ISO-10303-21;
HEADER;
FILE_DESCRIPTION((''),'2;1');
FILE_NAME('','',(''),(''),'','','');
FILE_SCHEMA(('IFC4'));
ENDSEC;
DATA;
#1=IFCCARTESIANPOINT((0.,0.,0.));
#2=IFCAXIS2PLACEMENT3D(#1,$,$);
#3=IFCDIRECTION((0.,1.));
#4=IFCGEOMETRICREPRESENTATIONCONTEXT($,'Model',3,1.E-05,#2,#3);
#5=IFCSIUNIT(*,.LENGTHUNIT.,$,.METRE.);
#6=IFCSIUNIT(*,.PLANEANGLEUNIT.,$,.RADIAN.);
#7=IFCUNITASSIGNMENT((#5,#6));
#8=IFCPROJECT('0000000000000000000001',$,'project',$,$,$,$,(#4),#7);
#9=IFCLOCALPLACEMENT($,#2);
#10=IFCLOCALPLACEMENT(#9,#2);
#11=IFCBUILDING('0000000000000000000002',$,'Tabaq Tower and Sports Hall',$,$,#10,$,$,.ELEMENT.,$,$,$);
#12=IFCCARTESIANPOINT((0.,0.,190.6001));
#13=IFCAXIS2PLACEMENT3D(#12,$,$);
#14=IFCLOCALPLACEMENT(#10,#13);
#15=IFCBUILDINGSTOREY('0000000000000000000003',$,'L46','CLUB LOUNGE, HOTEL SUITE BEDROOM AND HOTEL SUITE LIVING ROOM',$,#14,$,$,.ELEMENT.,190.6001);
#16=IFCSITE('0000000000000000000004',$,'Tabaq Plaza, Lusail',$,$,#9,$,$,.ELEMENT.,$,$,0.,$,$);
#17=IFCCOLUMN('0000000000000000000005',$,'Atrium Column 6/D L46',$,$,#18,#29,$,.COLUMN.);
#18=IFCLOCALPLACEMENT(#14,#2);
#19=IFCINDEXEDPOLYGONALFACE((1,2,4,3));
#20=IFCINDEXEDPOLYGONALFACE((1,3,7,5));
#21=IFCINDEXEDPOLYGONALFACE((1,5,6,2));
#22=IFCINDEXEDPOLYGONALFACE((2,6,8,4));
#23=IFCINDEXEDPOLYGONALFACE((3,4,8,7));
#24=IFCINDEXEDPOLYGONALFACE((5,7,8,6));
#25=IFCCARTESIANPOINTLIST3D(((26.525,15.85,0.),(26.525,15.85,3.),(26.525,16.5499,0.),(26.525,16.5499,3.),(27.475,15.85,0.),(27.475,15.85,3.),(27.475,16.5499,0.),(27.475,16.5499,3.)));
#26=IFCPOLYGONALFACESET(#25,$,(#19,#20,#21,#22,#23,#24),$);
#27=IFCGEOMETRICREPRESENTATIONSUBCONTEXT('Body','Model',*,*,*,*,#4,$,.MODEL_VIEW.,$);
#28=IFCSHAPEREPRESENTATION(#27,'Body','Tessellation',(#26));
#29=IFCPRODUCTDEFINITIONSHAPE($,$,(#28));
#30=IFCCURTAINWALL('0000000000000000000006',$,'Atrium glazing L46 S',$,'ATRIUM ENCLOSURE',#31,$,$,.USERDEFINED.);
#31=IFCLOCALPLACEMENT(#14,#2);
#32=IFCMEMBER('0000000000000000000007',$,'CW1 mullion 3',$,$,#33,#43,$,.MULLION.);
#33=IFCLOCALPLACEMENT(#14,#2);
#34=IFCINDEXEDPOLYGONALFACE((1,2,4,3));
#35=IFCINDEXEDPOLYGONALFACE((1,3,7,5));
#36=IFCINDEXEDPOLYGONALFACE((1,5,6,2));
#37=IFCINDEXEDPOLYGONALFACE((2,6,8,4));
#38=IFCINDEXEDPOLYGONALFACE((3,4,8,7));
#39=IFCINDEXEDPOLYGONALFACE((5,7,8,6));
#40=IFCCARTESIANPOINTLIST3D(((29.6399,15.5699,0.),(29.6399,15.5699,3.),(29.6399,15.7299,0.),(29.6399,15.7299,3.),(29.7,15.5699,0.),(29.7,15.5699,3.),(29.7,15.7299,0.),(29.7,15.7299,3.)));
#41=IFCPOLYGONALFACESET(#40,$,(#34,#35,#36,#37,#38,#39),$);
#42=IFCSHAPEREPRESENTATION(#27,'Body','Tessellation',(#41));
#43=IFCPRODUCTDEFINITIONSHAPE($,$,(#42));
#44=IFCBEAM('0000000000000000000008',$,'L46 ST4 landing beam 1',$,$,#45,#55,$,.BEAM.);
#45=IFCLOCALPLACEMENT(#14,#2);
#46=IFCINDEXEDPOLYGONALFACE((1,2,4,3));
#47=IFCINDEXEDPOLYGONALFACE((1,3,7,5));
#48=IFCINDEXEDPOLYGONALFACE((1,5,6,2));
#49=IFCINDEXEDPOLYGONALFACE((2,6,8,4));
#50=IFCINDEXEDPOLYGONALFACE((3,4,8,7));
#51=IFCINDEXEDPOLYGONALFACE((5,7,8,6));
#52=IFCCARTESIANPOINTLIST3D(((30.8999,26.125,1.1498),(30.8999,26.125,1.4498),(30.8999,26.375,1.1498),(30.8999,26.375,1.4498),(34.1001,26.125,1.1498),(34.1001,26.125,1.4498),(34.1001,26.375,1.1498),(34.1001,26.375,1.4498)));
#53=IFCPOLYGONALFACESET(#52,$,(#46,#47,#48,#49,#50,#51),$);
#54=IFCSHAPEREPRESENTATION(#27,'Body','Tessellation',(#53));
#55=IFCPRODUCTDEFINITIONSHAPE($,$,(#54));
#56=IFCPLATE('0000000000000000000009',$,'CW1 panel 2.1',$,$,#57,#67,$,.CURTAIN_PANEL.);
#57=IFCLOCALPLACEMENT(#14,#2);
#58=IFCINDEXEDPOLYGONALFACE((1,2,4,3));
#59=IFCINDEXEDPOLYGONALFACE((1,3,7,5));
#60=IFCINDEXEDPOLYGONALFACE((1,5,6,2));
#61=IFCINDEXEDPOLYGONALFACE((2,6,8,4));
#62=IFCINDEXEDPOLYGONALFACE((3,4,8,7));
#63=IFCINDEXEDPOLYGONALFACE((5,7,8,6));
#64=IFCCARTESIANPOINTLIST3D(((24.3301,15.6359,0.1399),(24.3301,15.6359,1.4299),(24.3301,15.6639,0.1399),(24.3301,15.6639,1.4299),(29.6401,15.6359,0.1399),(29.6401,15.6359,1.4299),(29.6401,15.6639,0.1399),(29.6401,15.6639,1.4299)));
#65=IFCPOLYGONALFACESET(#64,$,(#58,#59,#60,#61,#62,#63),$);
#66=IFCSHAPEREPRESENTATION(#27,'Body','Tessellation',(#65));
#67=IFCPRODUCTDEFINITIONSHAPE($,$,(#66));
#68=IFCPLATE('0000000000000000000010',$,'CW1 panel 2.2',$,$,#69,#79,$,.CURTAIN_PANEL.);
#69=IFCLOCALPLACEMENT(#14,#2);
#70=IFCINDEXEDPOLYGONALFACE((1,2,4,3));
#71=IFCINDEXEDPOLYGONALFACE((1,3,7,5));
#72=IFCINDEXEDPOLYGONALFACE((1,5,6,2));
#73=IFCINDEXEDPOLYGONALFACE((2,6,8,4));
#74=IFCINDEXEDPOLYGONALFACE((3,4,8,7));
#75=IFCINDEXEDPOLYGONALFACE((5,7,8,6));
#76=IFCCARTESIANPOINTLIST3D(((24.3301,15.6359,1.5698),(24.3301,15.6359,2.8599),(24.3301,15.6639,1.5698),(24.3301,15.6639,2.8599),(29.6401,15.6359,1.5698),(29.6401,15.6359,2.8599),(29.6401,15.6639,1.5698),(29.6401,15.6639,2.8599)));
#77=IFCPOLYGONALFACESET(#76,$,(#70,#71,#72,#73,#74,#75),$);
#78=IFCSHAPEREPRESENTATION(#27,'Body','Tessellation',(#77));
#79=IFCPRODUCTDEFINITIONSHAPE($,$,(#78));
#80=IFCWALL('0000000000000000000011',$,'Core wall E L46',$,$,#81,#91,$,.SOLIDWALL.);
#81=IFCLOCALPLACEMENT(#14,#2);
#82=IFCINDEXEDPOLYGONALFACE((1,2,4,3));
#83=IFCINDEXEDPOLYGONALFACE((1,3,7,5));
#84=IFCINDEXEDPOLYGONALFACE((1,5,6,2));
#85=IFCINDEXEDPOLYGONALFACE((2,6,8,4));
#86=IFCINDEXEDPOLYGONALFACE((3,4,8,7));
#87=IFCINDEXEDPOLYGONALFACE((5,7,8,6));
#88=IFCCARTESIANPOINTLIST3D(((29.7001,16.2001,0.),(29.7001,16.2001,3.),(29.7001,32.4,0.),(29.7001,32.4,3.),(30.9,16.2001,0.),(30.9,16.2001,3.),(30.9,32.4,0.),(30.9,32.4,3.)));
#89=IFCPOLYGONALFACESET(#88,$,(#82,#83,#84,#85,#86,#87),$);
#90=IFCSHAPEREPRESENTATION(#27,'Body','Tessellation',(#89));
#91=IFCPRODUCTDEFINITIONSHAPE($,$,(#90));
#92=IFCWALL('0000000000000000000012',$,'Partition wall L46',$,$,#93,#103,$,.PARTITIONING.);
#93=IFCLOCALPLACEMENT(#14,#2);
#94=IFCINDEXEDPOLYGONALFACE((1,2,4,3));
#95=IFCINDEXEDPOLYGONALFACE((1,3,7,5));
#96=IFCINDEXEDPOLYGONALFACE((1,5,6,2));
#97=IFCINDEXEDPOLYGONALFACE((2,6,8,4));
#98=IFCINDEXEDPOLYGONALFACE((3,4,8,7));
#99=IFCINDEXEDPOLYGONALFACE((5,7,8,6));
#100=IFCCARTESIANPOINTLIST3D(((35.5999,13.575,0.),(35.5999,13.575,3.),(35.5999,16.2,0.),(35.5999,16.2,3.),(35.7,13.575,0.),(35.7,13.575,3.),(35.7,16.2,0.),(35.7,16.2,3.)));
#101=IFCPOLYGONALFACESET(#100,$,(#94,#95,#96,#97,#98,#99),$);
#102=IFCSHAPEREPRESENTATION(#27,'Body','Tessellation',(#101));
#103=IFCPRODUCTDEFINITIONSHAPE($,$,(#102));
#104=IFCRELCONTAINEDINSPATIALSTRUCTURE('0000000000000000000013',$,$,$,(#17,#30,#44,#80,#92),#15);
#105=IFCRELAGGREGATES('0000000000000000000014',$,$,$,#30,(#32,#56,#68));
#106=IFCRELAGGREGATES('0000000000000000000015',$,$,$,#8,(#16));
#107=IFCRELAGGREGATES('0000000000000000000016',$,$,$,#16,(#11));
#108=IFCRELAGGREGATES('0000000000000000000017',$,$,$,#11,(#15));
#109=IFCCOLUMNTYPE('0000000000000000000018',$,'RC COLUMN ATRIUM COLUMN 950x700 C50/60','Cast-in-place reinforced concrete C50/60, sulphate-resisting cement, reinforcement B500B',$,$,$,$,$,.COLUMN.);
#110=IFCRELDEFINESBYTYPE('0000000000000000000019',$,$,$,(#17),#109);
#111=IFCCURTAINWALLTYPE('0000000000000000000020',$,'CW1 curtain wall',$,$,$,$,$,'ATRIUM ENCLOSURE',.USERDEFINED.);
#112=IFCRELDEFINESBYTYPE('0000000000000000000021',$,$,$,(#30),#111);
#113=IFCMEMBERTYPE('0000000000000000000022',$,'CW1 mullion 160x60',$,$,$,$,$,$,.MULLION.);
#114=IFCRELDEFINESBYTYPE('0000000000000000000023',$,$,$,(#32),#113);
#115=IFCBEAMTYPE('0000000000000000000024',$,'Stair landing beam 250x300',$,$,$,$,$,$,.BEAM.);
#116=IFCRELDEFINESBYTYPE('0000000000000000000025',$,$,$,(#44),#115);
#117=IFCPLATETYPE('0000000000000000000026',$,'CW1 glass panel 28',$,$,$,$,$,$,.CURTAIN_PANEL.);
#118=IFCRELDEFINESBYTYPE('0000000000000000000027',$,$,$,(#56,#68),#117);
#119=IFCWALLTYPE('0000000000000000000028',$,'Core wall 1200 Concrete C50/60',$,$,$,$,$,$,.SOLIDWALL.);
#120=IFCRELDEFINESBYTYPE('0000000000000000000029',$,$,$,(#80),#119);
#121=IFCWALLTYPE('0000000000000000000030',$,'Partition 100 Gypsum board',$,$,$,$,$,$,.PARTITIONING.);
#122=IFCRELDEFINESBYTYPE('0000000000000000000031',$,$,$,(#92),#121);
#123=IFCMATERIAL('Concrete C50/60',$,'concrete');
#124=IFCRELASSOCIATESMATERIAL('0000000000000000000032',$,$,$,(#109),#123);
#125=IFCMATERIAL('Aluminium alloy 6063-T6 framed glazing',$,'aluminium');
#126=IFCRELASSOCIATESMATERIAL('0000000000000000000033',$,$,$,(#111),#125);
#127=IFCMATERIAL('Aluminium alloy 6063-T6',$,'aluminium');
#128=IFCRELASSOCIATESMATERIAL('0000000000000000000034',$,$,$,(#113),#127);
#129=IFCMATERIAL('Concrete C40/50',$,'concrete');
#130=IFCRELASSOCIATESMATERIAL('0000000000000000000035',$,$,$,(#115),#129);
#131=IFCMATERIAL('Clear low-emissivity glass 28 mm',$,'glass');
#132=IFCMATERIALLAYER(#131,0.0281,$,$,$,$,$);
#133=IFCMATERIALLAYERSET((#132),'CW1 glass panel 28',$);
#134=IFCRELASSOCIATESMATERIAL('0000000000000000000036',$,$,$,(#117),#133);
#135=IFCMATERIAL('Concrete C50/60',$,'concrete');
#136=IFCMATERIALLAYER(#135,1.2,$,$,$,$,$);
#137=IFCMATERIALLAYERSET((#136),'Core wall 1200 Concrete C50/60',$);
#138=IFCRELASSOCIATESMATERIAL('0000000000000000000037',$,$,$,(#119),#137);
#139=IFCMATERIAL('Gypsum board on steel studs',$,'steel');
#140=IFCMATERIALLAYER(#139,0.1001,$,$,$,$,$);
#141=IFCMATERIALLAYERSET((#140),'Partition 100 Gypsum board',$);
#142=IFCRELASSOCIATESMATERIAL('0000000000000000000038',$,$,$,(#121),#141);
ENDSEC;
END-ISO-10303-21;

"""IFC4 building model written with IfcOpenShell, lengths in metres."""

from ifc_helpers import new_model, si_unit, direction, frame, frame_2d, origin, origin_2d, place, context, subcontext, project, spatial, rectangle, extrude, material, layer, layer_set, material_profile, profile_set, type_object, element, aggregate, save


model = new_model("IFC4")

# Units and contexts
model_context = context("Model", 3, precision=1e-05, world=origin(), true_north=direction((0.0, 1.0)))
body_context = subcontext(model_context, "Body", "Model", "MODEL_VIEW")
ifc_project = project(units=[si_unit("LENGTHUNIT", "METRE"), si_unit("PLANEANGLEUNIT", "RADIAN")], contexts=[model_context])

# Site, building, storey
site_placement = place(None, origin())
site = spatial("IfcSite", under=ifc_project, at=site_placement, Name="Tabaq Plaza, Lusail", CompositionType="ELEMENT", RefElevation=0.0)
building_placement = place(site_placement, origin())
building = spatial("IfcBuilding", under=site, at=building_placement, Name="Tabaq Tower and Sports Hall", CompositionType="ELEMENT")
storey_placement = place(building_placement, frame((0.0, 0.0, 190.6001)))
storey = spatial("IfcBuildingStorey", under=building, at=storey_placement, Name="L46", Description="CLUB LOUNGE, HOTEL SUITE BEDROOM AND HOTEL SUITE LIVING ROOM", CompositionType="ELEMENT", Elevation=190.6001)

# Column
ifc_material_1 = material(Name="Concrete C50/60", Category="concrete")
ifc_material_profile_1 = material_profile(ifc_material_1, rectangle(XDim=0.95, YDim=0.7, at=origin_2d()), Name="ATRIUM COLUMN 950x700")
ifc_profile_set_1 = profile_set([ifc_material_profile_1], Name="Concrete C50/60")
column_type = type_object("IfcColumnType", Name="RC COLUMN ATRIUM COLUMN 950x700 C50/60", Description="Cast-in-place reinforced concrete C50/60, sulphate-resisting cement, reinforcement B500B", PredefinedType="COLUMN", material=ifc_profile_set_1)
column_placement = place(storey_placement, frame((27.0, 16.2, 0.0), z_axis=(0.0, 0.0, 1.0), x_axis=(1.0, 0.0, 0.0)))
element("IfcColumn", 1, at=column_placement, inside=storey, type_object=column_type, Name="Atrium Column 6/D L46", PredefinedType="COLUMN", context=body_context, shape_type="SweptSolid", body=[
    extrude(rectangle(XDim=0.95, YDim=0.7, at=origin_2d()), origin(), (0.0, 0.0, 1.0), 3.0),
])

# Curtain wall, member
ifc_material_2 = material(Name="Aluminium alloy 6063-T6 framed glazing", Category="aluminium")
curtain_wall_type = type_object("IfcCurtainWallType", Name="CW1 curtain wall", ElementType="ATRIUM ENCLOSURE", PredefinedType="USERDEFINED", material=ifc_material_2)
curtain_wall_placement = place(storey_placement, origin())
curtain_wall = element("IfcCurtainWall", 2, at=curtain_wall_placement, inside=storey, type_object=curtain_wall_type, Name="Atrium glazing L46 S", ObjectType="ATRIUM ENCLOSURE", PredefinedType="USERDEFINED")
ifc_material_3 = material(Name="Aluminium alloy 6063-T6", Category="aluminium")
ifc_material_profile_2 = material_profile(ifc_material_3, rectangle(XDim=0.1599, YDim=0.0601, at=origin_2d()), Name="MULLION 160x60")
ifc_profile_set_2 = profile_set([ifc_material_profile_2], Name="Aluminium alloy 6063-T6")
member_type = type_object("IfcMemberType", Name="CW1 mullion 160x60", PredefinedType="MULLION", material=ifc_profile_set_2)
member_placement = place(storey_placement, frame((29.6699, 15.6499, 0.0), z_axis=(0.0, 0.0, 1.0), x_axis=(0.0, 1.0, 0.0)))
member = element("IfcMember", 3, at=member_placement, type_object=member_type, Name="CW1 mullion 3", PredefinedType="MULLION", context=body_context, shape_type="SweptSolid", body=[
    extrude(rectangle(XDim=0.1599, YDim=0.0601, at=origin_2d()), origin(), (0.0, 0.0, 1.0), 3.0),
])

# Beam
ifc_material_4 = material(Name="Concrete C40/50", Category="concrete")
ifc_material_profile_3 = material_profile(ifc_material_4, rectangle(XDim=0.25, YDim=0.3, at=origin_2d()), Name="RC 250x300")
ifc_profile_set_3 = profile_set([ifc_material_profile_3], Name="Concrete C40/50")
beam_type = type_object("IfcBeamType", Name="Stair landing beam 250x300", PredefinedType="BEAM", material=ifc_profile_set_3)
beam_placement = place(storey_placement, frame((30.8999, 26.25, 1.2998), z_axis=(1.0, 0.0, 0.0), x_axis=(0.0, 1.0, 0.0)))
element("IfcBeam", 4, at=beam_placement, inside=storey, type_object=beam_type, Name="L46 ST4 landing beam 1", PredefinedType="BEAM", context=body_context, shape_type="SweptSolid", body=[
    extrude(rectangle(XDim=0.25, YDim=0.3, at=origin_2d()), origin(), (0.0, 0.0, 1.0), 3.2002),
])

# Plates
ifc_material_5 = material(Name="Clear low-emissivity glass 28 mm", Category="glass")
ifc_layer_1 = layer(ifc_material_5, 0.0281)
ifc_layer_set_1 = layer_set([ifc_layer_1], Name="CW1 glass panel 28")
plate_type = type_object("IfcPlateType", Name="CW1 glass panel 28", PredefinedType="CURTAIN_PANEL", material=ifc_layer_set_1)
plate_1_placement = place(storey_placement, frame((26.9851, 15.6499, 0.1399), z_axis=(0.0, 0.0, 1.0), x_axis=(1.0, 0.0, 0.0)))
plate_1 = element("IfcPlate", 5, at=plate_1_placement, type_object=plate_type, Name="CW1 panel 2.1", PredefinedType="CURTAIN_PANEL", context=body_context, shape_type="SweptSolid", body=[
    extrude(rectangle(XDim=5.3101, YDim=0.0281, at=origin_2d()), origin(), (0.0, 0.0, 1.0), 1.29),
])
plate_2_placement = place(storey_placement, frame((26.9851, 15.6499, 1.5698), z_axis=(0.0, 0.0, 1.0), x_axis=(1.0, 0.0, 0.0)))
plate_2 = element("IfcPlate", 6, at=plate_2_placement, type_object=plate_type, Name="CW1 panel 2.2", PredefinedType="CURTAIN_PANEL", context=body_context, shape_type="SweptSolid", body=[
    extrude(rectangle(XDim=5.3101, YDim=0.0281, at=origin_2d()), origin(), (0.0, 0.0, 1.0), 1.29),
])
aggregate(curtain_wall, [member, plate_1, plate_2])

# Walls
ifc_material_6 = material(Name="Concrete C50/60", Category="concrete")
ifc_layer_2 = layer(ifc_material_6, 1.2)
ifc_layer_set_2 = layer_set([ifc_layer_2], Name="Core wall 1200 Concrete C50/60")
wall_type_1 = type_object("IfcWallType", Name="Core wall 1200 Concrete C50/60", PredefinedType="SOLIDWALL", material=ifc_layer_set_2)
wall_1_placement = place(storey_placement, frame((30.3, 16.2, 0.0), z_axis=(0.0, 0.0, 1.0), x_axis=(0.0, 1.0, 0.0)))
element("IfcWall", 7, at=wall_1_placement, inside=storey, type_object=wall_type_1, Name="Core wall E L46", PredefinedType="SOLIDWALL", context=body_context, shape_type="SweptSolid", body=[
    extrude(rectangle(XDim=16.2, YDim=1.2, at=frame_2d((8.1001, 0.0))), origin(), (0.0, 0.0, 1.0), 3.0),
])
ifc_material_7 = material(Name="Gypsum board on steel studs", Category="steel")
ifc_layer_3 = layer(ifc_material_7, 0.1001)
ifc_layer_set_3 = layer_set([ifc_layer_3], Name="Partition 100 Gypsum board")
wall_type_2 = type_object("IfcWallType", Name="Partition 100 Gypsum board", PredefinedType="PARTITIONING", material=ifc_layer_set_3)
wall_2_placement = place(storey_placement, frame((35.6499, 16.2, 0.0), z_axis=(0.0, 0.0, 1.0), x_axis=(0.0, -1.0, 0.0)))
element("IfcWall", 8, at=wall_2_placement, inside=storey, type_object=wall_type_2, Name="Partition wall L46", PredefinedType="PARTITIONING", context=body_context, shape_type="SweptSolid", body=[
    extrude(rectangle(XDim=2.625, YDim=0.1001, at=frame_2d((1.3125, 0.0))), origin(), (0.0, 0.0, 1.0), 3.0),
])

save(model, "model.ifc")
